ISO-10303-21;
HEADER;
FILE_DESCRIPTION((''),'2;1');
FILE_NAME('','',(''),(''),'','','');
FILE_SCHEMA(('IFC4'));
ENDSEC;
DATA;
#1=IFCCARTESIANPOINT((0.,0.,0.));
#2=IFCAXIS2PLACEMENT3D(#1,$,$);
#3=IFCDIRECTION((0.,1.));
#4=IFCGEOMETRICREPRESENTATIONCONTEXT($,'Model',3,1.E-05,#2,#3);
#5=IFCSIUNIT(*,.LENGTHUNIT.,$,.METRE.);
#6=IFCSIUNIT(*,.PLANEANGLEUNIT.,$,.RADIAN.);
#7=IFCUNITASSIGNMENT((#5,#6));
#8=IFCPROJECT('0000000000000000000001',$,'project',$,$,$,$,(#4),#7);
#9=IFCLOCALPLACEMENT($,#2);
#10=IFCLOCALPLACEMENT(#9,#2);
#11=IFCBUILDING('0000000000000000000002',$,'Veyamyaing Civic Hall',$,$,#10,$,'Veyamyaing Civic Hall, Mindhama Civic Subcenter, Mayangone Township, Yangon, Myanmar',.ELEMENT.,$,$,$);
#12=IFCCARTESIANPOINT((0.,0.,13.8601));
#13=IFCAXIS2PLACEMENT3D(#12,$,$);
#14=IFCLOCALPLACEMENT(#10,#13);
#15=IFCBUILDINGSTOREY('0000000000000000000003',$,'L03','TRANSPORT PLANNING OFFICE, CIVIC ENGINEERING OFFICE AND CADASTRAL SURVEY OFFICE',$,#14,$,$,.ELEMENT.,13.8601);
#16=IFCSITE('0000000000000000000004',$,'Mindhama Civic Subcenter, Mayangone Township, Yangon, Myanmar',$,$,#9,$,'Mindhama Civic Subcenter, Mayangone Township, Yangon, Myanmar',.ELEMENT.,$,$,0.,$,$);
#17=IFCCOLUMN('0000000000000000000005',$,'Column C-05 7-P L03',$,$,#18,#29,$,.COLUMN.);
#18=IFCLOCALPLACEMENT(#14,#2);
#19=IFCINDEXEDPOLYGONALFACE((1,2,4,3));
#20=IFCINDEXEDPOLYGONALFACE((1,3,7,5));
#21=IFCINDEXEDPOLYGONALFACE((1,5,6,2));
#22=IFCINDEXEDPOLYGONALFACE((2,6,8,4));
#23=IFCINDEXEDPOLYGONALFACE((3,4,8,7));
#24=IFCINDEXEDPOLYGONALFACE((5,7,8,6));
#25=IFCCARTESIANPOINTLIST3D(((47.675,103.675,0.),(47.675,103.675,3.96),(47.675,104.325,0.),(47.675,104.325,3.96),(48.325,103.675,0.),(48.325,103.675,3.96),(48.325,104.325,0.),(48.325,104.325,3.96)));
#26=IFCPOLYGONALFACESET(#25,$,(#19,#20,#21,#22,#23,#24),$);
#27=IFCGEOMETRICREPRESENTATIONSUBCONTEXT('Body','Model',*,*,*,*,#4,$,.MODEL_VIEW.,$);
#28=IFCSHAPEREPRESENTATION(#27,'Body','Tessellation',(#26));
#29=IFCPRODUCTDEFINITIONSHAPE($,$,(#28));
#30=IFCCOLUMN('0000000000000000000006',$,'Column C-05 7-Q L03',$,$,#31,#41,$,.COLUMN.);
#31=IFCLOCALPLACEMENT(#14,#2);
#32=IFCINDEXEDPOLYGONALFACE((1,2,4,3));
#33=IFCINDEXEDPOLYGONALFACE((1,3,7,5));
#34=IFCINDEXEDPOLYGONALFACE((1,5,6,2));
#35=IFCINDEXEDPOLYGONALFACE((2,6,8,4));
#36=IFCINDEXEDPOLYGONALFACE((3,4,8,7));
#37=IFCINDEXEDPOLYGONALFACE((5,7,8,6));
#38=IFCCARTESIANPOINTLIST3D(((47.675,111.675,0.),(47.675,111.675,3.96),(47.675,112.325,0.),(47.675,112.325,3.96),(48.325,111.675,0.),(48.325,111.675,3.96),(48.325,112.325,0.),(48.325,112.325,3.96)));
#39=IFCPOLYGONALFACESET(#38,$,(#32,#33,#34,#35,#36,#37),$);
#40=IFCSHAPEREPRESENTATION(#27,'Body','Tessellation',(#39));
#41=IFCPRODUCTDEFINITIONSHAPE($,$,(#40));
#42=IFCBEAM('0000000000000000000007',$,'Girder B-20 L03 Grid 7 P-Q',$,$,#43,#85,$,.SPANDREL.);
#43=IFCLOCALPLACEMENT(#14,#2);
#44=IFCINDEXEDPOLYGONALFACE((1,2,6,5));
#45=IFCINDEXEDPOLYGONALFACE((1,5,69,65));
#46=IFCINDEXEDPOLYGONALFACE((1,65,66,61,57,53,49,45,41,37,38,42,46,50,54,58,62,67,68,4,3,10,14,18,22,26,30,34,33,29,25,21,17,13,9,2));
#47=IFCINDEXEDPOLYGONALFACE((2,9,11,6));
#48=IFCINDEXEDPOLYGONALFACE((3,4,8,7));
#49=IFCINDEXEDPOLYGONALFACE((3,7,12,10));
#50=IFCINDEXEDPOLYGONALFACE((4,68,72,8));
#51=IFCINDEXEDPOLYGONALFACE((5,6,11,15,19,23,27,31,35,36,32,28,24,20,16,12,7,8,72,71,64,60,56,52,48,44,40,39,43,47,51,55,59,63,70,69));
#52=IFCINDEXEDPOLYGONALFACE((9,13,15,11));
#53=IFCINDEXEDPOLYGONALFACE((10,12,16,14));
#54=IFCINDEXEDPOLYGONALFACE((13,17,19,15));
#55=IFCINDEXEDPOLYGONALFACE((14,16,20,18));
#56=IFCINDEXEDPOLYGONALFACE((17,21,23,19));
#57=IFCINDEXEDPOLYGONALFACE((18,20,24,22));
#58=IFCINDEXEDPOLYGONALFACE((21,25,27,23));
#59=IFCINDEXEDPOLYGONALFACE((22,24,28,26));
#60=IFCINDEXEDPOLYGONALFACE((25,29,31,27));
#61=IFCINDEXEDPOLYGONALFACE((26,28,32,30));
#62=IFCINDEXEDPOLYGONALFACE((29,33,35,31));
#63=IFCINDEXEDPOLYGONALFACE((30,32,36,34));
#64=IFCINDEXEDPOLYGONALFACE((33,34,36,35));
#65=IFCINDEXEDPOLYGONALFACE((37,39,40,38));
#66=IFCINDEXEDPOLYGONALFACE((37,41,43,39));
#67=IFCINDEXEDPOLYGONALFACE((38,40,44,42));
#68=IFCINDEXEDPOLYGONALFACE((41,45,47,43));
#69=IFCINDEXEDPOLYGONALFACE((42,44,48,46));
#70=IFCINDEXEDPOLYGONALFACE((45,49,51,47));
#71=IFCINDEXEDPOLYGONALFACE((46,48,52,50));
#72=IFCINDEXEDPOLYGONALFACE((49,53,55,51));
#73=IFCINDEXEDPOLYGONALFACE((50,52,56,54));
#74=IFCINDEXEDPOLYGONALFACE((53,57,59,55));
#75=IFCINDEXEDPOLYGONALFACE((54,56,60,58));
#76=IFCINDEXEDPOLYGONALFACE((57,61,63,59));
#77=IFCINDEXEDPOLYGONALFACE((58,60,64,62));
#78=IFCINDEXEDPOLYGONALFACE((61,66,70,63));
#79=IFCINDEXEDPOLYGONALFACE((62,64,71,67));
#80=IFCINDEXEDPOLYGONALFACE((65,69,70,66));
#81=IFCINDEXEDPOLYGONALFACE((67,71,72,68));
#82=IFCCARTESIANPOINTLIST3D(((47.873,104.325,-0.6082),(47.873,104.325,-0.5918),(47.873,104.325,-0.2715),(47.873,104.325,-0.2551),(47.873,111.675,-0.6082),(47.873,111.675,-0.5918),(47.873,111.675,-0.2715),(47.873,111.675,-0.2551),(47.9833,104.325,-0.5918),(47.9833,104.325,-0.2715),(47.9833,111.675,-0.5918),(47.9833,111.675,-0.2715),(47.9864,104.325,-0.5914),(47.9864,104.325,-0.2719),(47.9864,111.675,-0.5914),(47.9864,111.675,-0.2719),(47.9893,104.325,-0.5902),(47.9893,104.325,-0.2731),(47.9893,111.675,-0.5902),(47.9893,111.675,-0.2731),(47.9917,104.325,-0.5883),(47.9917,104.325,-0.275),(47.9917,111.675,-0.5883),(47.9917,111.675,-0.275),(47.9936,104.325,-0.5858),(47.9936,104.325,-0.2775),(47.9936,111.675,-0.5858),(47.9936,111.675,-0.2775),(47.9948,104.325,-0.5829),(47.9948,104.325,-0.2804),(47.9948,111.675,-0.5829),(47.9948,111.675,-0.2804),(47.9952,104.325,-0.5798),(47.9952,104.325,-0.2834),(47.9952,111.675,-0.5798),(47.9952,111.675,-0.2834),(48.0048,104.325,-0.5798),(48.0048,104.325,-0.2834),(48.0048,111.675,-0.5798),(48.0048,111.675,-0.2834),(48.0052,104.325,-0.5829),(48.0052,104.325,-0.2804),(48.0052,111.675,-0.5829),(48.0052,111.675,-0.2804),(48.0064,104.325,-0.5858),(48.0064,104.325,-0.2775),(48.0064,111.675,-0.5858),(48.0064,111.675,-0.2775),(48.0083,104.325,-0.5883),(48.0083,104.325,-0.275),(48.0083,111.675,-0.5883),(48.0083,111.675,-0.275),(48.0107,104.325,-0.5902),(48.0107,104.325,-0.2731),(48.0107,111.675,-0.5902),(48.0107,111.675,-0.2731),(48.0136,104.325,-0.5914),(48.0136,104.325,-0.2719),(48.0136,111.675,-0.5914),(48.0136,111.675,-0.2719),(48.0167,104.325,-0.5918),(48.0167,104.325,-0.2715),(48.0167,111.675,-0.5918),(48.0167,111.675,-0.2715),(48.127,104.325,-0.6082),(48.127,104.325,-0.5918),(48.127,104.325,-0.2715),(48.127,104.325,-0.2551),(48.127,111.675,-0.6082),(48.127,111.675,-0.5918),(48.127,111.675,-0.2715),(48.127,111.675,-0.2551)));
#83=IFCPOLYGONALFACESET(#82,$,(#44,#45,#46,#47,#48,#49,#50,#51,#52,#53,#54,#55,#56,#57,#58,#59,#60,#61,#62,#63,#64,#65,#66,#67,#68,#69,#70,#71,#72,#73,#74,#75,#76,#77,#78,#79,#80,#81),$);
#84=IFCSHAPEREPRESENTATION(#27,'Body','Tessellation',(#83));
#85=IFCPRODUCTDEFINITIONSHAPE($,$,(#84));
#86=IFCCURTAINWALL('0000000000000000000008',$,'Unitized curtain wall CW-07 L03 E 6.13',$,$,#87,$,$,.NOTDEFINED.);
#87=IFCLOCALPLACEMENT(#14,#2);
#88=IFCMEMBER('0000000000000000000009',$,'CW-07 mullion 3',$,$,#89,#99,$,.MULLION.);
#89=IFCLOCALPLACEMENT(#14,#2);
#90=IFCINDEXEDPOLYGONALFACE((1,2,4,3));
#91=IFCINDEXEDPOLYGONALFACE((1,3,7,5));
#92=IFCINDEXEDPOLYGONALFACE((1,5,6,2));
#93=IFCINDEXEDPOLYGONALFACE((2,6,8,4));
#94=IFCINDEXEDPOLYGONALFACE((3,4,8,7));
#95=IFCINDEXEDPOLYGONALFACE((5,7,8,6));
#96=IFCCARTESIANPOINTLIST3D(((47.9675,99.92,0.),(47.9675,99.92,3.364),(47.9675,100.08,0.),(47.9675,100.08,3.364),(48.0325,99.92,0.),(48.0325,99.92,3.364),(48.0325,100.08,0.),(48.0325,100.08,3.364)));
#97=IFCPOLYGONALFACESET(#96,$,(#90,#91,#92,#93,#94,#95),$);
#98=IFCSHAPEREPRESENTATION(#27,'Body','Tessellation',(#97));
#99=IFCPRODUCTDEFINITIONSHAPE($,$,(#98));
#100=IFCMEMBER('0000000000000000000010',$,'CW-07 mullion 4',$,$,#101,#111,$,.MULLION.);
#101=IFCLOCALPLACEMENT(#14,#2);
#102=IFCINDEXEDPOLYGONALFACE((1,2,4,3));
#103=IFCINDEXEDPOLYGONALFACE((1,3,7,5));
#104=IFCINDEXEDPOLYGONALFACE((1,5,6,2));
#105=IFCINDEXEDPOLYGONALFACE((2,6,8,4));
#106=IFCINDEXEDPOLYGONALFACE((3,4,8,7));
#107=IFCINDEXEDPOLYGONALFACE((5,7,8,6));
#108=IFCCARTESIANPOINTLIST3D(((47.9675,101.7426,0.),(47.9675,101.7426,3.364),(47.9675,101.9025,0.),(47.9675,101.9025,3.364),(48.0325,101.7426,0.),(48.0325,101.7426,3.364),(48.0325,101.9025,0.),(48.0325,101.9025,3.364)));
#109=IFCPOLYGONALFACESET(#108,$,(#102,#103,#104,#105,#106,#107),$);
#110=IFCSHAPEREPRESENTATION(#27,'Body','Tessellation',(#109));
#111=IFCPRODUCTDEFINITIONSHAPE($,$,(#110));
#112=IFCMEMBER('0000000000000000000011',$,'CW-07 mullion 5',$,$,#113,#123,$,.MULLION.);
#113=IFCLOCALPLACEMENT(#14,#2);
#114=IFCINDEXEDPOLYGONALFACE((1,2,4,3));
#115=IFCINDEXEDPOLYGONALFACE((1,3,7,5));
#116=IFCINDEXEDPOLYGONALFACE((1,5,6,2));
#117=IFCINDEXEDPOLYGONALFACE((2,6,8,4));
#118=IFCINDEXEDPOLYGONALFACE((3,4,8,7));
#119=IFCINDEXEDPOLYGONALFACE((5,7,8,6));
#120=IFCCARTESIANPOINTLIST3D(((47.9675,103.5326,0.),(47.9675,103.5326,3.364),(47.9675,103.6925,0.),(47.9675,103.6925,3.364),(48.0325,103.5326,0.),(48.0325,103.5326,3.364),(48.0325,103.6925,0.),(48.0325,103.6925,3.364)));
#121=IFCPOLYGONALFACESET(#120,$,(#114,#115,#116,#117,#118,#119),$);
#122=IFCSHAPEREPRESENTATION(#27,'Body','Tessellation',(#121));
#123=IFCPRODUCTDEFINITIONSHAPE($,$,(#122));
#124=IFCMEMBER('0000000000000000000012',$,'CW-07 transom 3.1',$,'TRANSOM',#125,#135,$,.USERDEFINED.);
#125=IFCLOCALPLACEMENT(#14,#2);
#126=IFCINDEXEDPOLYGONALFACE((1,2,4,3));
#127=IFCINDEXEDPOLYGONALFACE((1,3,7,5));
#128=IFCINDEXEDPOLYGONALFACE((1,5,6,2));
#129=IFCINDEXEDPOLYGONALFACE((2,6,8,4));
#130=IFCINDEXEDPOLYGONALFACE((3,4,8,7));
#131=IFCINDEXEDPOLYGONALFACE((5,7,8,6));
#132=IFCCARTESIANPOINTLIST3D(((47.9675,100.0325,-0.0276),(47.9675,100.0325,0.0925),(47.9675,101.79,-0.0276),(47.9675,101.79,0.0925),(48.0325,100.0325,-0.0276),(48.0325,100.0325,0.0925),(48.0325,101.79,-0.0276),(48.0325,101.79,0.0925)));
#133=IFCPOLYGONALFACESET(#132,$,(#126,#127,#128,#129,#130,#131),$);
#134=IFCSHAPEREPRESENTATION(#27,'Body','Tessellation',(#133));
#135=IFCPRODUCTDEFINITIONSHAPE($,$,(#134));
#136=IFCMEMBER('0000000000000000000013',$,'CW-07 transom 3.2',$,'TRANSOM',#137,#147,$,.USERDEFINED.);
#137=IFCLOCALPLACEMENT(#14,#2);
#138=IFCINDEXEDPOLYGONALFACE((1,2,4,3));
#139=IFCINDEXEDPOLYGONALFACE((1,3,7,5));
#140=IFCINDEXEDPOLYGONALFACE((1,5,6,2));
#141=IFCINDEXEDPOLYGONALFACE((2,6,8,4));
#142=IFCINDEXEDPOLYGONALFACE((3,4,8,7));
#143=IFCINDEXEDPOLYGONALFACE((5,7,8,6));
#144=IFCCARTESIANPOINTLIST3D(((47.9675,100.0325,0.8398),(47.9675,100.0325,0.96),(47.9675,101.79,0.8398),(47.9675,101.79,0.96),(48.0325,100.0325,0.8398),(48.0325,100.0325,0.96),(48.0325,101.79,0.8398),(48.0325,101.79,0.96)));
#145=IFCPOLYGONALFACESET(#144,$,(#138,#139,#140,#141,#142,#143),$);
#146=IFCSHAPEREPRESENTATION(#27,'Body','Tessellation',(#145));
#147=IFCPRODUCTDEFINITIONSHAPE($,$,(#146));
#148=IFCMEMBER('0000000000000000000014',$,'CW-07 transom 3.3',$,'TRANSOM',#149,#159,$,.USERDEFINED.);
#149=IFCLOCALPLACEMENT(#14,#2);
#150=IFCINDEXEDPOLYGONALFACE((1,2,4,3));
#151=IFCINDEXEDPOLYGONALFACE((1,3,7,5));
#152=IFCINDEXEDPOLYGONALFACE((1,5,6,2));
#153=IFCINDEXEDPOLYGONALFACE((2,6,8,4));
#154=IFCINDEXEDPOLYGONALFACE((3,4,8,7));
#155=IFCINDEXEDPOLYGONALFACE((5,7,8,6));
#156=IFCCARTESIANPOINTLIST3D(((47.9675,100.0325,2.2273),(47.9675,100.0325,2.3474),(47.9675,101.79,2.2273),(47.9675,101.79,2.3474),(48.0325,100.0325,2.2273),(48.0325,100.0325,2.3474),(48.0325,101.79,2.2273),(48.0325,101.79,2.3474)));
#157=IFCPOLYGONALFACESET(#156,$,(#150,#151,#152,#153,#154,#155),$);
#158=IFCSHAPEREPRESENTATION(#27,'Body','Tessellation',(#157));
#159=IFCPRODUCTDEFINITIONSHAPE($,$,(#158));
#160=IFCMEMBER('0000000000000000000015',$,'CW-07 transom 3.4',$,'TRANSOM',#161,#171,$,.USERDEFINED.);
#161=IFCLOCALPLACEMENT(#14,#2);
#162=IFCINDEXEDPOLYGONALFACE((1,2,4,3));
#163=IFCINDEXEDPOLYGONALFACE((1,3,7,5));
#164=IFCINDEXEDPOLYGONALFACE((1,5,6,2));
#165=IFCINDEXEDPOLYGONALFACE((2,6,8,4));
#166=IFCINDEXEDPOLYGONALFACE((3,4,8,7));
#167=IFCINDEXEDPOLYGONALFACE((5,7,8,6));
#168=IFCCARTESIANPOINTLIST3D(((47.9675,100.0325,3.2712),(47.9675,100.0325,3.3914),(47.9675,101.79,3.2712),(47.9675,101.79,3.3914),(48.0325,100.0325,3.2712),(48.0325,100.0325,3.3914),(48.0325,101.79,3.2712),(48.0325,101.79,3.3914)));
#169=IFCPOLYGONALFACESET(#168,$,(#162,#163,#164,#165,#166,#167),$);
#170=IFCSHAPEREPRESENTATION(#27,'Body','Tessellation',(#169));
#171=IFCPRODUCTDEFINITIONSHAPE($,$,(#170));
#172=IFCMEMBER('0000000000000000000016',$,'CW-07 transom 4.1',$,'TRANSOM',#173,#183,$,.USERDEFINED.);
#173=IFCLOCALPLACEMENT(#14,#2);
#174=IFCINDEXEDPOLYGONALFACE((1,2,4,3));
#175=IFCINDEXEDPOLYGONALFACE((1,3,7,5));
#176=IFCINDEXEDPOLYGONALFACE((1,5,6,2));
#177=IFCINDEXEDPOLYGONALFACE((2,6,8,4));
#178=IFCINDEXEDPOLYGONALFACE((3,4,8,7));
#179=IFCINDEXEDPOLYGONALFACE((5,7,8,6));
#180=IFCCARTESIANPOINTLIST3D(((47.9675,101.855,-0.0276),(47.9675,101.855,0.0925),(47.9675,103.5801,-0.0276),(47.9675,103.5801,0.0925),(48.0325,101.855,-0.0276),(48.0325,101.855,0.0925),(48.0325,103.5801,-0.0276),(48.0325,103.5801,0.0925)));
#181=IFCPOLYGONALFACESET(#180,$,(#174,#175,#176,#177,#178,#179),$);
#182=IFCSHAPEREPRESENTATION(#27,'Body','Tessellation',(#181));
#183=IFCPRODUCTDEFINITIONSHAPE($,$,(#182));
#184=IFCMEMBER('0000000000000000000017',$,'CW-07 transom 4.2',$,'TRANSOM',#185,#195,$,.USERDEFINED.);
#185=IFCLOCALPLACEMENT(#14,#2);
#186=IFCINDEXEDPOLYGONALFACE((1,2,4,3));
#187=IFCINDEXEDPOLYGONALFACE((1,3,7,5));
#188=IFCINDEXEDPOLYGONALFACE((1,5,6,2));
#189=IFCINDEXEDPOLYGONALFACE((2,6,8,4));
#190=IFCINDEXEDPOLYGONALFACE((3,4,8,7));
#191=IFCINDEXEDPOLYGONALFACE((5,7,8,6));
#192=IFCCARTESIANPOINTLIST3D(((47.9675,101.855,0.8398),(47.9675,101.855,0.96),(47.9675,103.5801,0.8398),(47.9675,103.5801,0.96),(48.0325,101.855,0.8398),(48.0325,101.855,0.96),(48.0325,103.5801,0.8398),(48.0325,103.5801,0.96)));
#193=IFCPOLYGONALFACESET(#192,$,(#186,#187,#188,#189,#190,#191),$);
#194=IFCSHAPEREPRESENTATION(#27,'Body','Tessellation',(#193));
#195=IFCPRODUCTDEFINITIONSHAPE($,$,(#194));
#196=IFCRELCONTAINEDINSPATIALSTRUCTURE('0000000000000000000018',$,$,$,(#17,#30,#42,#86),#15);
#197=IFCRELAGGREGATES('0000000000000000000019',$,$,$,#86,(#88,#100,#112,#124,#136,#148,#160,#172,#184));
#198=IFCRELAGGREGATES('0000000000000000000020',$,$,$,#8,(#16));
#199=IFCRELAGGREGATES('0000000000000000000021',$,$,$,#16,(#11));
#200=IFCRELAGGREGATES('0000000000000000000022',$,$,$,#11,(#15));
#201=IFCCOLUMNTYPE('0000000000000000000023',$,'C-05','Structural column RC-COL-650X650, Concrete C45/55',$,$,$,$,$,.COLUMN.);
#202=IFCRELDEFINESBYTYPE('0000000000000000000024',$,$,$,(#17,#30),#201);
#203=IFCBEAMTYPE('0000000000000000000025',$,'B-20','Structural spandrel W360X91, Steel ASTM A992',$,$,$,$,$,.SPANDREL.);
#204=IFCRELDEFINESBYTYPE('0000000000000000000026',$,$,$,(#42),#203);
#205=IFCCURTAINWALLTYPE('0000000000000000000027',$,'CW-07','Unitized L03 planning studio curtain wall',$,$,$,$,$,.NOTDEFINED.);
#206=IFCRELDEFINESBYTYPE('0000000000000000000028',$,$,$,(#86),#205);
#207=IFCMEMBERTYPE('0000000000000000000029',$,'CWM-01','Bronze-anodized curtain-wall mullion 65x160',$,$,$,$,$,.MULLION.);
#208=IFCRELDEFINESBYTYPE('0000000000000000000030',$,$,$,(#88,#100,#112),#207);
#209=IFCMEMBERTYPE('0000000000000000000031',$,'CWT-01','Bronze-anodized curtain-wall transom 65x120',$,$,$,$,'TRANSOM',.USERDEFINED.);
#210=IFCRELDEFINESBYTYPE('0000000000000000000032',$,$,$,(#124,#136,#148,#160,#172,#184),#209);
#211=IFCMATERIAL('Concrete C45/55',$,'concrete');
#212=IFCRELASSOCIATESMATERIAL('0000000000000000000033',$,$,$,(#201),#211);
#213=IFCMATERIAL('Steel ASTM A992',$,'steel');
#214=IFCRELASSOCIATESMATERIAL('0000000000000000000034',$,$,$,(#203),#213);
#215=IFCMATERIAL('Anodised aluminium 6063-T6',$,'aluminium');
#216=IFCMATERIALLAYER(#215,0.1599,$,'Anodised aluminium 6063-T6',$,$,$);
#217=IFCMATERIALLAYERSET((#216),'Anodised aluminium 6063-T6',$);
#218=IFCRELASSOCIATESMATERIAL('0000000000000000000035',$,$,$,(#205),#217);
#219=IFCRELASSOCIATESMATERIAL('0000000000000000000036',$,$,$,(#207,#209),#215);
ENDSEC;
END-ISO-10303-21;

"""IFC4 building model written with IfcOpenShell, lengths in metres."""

from ifc_helpers import new_model, si_unit, direction, frame, origin, origin_2d, place, context, subcontext, project, spatial, rectangle, i_section, extrude, material, layer, layer_set, material_profile, profile_set, type_object, element, aggregate, save


model = new_model("IFC4")

# Units and contexts
model_context = context("Model", 3, precision=1e-05, world=origin(), true_north=direction((0.0, 1.0)))
body_context = subcontext(model_context, "Body", "Model", "MODEL_VIEW")
ifc_project = project(units=[si_unit("LENGTHUNIT", "METRE"), si_unit("PLANEANGLEUNIT", "RADIAN")], contexts=[model_context])

# Site, building, storey
site_placement = place(None, origin())
site = spatial("IfcSite", under=ifc_project, at=site_placement, Name="Mindhama Civic Subcenter, Mayangone Township, Yangon, Myanmar", LongName="Mindhama Civic Subcenter, Mayangone Township, Yangon, Myanmar", CompositionType="ELEMENT", RefElevation=0.0)
building_placement = place(site_placement, origin())
building = spatial("IfcBuilding", under=site, at=building_placement, Name="Veyamyaing Civic Hall", LongName="Veyamyaing Civic Hall, Mindhama Civic Subcenter, Mayangone Township, Yangon, Myanmar", CompositionType="ELEMENT")
storey_placement = place(building_placement, frame((0.0, 0.0, 13.8601)))
storey = spatial("IfcBuildingStorey", under=building, at=storey_placement, Name="L03", Description="TRANSPORT PLANNING OFFICE, CIVIC ENGINEERING OFFICE AND CADASTRAL SURVEY OFFICE", CompositionType="ELEMENT", Elevation=13.8601)

# Columns
ifc_material_1 = material(Name="Concrete C45/55", Category="concrete")
ifc_material_profile_1 = material_profile(ifc_material_1, rectangle(XDim=0.6499, YDim=0.6499, at=origin_2d()), Name="RC-COL-650X650")
ifc_profile_set_1 = profile_set([ifc_material_profile_1], Name="Concrete C45/55")
column_type = type_object("IfcColumnType", Name="C-05", Description="Structural column RC-COL-650X650, Concrete C45/55", PredefinedType="COLUMN", material=ifc_profile_set_1)
for number, where, z_axis, x_axis, name in (
    (1, (48.0, 104.0, 0.0), (0.0, 0.0, 1.0), (1.0, 0.0, 0.0), "Column C-05 7-P L03"),
    (2, (48.0, 112.0, 0.0), (0.0, 0.0, 1.0), (1.0, 0.0, 0.0), "Column C-05 7-Q L03"),
):
    element("IfcColumn", number, at=place(storey_placement, frame(where, z_axis=z_axis, x_axis=x_axis)), inside=storey, type_object=column_type, Name=name, PredefinedType="COLUMN", context=body_context, shape_type="SweptSolid", body=[
        extrude(rectangle(XDim=0.6499, YDim=0.6499, at=origin_2d()), origin(), (0.0, 0.0, 1.0), 3.96),
    ])

# Beam
ifc_material_2 = material(Name="Steel ASTM A992", Category="steel")
ifc_material_profile_2 = material_profile(ifc_material_2, i_section(OverallWidth=0.2539, OverallDepth=0.353, WebThickness=0.0095, FlangeThickness=0.0164, FilletRadius=0.012, at=origin_2d()), Name="W360X91")
ifc_profile_set_2 = profile_set([ifc_material_profile_2], Name="Steel ASTM A992")
beam_type = type_object("IfcBeamType", Name="B-20", Description="Structural spandrel W360X91, Steel ASTM A992", PredefinedType="SPANDREL", material=ifc_profile_set_2)
beam_placement = place(storey_placement, frame((48.0, 104.325, -0.4316), z_axis=(0.0, 1.0, 0.0), x_axis=(-1.0, 0.0, 0.0)))
element("IfcBeam", 3, at=beam_placement, inside=storey, type_object=beam_type, Name="Girder B-20 L03 Grid 7 P-Q", PredefinedType="SPANDREL", context=body_context, shape_type="SweptSolid", body=[
    extrude(i_section(OverallWidth=0.2539, OverallDepth=0.353, WebThickness=0.0095, FlangeThickness=0.0164, FilletRadius=0.012, at=origin_2d()), origin(), (0.0, 0.0, 1.0), 7.3501),
])

# Curtain wall, members
ifc_material_3 = material(Name="Anodised aluminium 6063-T6", Category="aluminium")
ifc_layer_1 = layer(ifc_material_3, 0.1599, Name="Anodised aluminium 6063-T6")
ifc_layer_set_1 = layer_set([ifc_layer_1], Name="Anodised aluminium 6063-T6")
curtain_wall_type = type_object("IfcCurtainWallType", Name="CW-07", Description="Unitized L03 planning studio curtain wall", PredefinedType="NOTDEFINED", material=ifc_layer_set_1)
curtain_wall_placement = place(storey_placement, origin())
curtain_wall = element("IfcCurtainWall", 4, at=curtain_wall_placement, inside=storey, type_object=curtain_wall_type, Name="Unitized curtain wall CW-07 L03 E 6.13", PredefinedType="NOTDEFINED")
ifc_material_profile_3 = material_profile(ifc_material_3, rectangle(XDim=0.0649, YDim=0.1599, at=origin_2d()), Name="ALU-MUL-65X160")
ifc_profile_set_3 = profile_set([ifc_material_profile_3], Name="Anodised aluminium 6063-T6")
member_type_1 = type_object("IfcMemberType", Name="CWM-01", Description="Bronze-anodized curtain-wall mullion 65x160", PredefinedType="MULLION", material=ifc_profile_set_3)
member_1_placement = place(storey_placement, frame((48.0, 100.0, 0.0), z_axis=(0.0, 0.0, 1.0), x_axis=(-1.0, 0.0, 0.0)))
member_1 = element("IfcMember", 5, at=member_1_placement, type_object=member_type_1, Name="CW-07 mullion 3", PredefinedType="MULLION", context=body_context, shape_type="SweptSolid", body=[
    extrude(rectangle(XDim=0.0649, YDim=0.1599, at=origin_2d()), origin(), (0.0, 0.0, 1.0), 3.364),
])
member_2_placement = place(storey_placement, frame((48.0, 101.8225, 0.0), z_axis=(0.0, 0.0, 1.0), x_axis=(-1.0, 0.0, 0.0)))
member_2 = element("IfcMember", 6, at=member_2_placement, type_object=member_type_1, Name="CW-07 mullion 4", PredefinedType="MULLION", context=body_context, shape_type="SweptSolid", body=[
    extrude(rectangle(XDim=0.0649, YDim=0.1599, at=origin_2d()), origin(), (0.0, 0.0, 1.0), 3.364),
])
member_3_placement = place(storey_placement, frame((48.0, 103.6125, 0.0), z_axis=(0.0, 0.0, 1.0), x_axis=(-1.0, 0.0, 0.0)))
member_3 = element("IfcMember", 7, at=member_3_placement, type_object=member_type_1, Name="CW-07 mullion 5", PredefinedType="MULLION", context=body_context, shape_type="SweptSolid", body=[
    extrude(rectangle(XDim=0.0649, YDim=0.1599, at=origin_2d()), origin(), (0.0, 0.0, 1.0), 3.364),
])
ifc_material_profile_4 = material_profile(ifc_material_3, rectangle(XDim=0.0649, YDim=0.1201, at=origin_2d()), Name="ALU-TRN-65X120")
ifc_profile_set_4 = profile_set([ifc_material_profile_4], Name="Anodised aluminium 6063-T6")
member_type_2 = type_object("IfcMemberType", Name="CWT-01", Description="Bronze-anodized curtain-wall transom 65x120", ElementType="TRANSOM", PredefinedType="USERDEFINED", material=ifc_profile_set_4)
member_4_placement = place(storey_placement, frame((48.0, 100.0325, 0.0325), z_axis=(0.0, 1.0, 0.0), x_axis=(-1.0, 0.0, 0.0)))
member_4 = element("IfcMember", 8, at=member_4_placement, type_object=member_type_2, Name="CW-07 transom 3.1", ObjectType="TRANSOM", PredefinedType="USERDEFINED", context=body_context, shape_type="SweptSolid", body=[
    extrude(rectangle(XDim=0.0649, YDim=0.1201, at=origin_2d()), origin(), (0.0, 0.0, 1.0), 1.7576),
])
member_5_placement = place(storey_placement, frame((48.0, 100.0325, 0.8999), z_axis=(0.0, 1.0, 0.0), x_axis=(-1.0, 0.0, 0.0)))
member_5 = element("IfcMember", 9, at=member_5_placement, type_object=member_type_2, Name="CW-07 transom 3.2", ObjectType="TRANSOM", PredefinedType="USERDEFINED", context=body_context, shape_type="SweptSolid", body=[
    extrude(rectangle(XDim=0.0649, YDim=0.1201, at=origin_2d()), origin(), (0.0, 0.0, 1.0), 1.7576),
])
member_6_placement = place(storey_placement, frame((48.0, 100.0325, 2.2874), z_axis=(0.0, 1.0, 0.0), x_axis=(-1.0, 0.0, 0.0)))
member_6 = element("IfcMember", 10, at=member_6_placement, type_object=member_type_2, Name="CW-07 transom 3.3", ObjectType="TRANSOM", PredefinedType="USERDEFINED", context=body_context, shape_type="SweptSolid", body=[
    extrude(rectangle(XDim=0.0649, YDim=0.1201, at=origin_2d()), origin(), (0.0, 0.0, 1.0), 1.7576),
])
member_7_placement = place(storey_placement, frame((48.0, 100.0325, 3.3313), z_axis=(0.0, 1.0, 0.0), x_axis=(-1.0, 0.0, 0.0)))
member_7 = element("IfcMember", 11, at=member_7_placement, type_object=member_type_2, Name="CW-07 transom 3.4", ObjectType="TRANSOM", PredefinedType="USERDEFINED", context=body_context, shape_type="SweptSolid", body=[
    extrude(rectangle(XDim=0.0649, YDim=0.1201, at=origin_2d()), origin(), (0.0, 0.0, 1.0), 1.7576),
])
member_8_placement = place(storey_placement, frame((48.0, 101.855, 0.0325), z_axis=(0.0, 1.0, 0.0), x_axis=(-1.0, 0.0, 0.0)))
member_8 = element("IfcMember", 12, at=member_8_placement, type_object=member_type_2, Name="CW-07 transom 4.1", ObjectType="TRANSOM", PredefinedType="USERDEFINED", context=body_context, shape_type="SweptSolid", body=[
    extrude(rectangle(XDim=0.0649, YDim=0.1201, at=origin_2d()), origin(), (0.0, 0.0, 1.0), 1.7251),
])
member_9_placement = place(storey_placement, frame((48.0, 101.855, 0.8999), z_axis=(0.0, 1.0, 0.0), x_axis=(-1.0, 0.0, 0.0)))
member_9 = element("IfcMember", 13, at=member_9_placement, type_object=member_type_2, Name="CW-07 transom 4.2", ObjectType="TRANSOM", PredefinedType="USERDEFINED", context=body_context, shape_type="SweptSolid", body=[
    extrude(rectangle(XDim=0.0649, YDim=0.1201, at=origin_2d()), origin(), (0.0, 0.0, 1.0), 1.7251),
])
aggregate(curtain_wall, [member_1, member_2, member_3, member_4, member_5, member_6, member_7, member_8, member_9])

save(model, "model.ifc")
